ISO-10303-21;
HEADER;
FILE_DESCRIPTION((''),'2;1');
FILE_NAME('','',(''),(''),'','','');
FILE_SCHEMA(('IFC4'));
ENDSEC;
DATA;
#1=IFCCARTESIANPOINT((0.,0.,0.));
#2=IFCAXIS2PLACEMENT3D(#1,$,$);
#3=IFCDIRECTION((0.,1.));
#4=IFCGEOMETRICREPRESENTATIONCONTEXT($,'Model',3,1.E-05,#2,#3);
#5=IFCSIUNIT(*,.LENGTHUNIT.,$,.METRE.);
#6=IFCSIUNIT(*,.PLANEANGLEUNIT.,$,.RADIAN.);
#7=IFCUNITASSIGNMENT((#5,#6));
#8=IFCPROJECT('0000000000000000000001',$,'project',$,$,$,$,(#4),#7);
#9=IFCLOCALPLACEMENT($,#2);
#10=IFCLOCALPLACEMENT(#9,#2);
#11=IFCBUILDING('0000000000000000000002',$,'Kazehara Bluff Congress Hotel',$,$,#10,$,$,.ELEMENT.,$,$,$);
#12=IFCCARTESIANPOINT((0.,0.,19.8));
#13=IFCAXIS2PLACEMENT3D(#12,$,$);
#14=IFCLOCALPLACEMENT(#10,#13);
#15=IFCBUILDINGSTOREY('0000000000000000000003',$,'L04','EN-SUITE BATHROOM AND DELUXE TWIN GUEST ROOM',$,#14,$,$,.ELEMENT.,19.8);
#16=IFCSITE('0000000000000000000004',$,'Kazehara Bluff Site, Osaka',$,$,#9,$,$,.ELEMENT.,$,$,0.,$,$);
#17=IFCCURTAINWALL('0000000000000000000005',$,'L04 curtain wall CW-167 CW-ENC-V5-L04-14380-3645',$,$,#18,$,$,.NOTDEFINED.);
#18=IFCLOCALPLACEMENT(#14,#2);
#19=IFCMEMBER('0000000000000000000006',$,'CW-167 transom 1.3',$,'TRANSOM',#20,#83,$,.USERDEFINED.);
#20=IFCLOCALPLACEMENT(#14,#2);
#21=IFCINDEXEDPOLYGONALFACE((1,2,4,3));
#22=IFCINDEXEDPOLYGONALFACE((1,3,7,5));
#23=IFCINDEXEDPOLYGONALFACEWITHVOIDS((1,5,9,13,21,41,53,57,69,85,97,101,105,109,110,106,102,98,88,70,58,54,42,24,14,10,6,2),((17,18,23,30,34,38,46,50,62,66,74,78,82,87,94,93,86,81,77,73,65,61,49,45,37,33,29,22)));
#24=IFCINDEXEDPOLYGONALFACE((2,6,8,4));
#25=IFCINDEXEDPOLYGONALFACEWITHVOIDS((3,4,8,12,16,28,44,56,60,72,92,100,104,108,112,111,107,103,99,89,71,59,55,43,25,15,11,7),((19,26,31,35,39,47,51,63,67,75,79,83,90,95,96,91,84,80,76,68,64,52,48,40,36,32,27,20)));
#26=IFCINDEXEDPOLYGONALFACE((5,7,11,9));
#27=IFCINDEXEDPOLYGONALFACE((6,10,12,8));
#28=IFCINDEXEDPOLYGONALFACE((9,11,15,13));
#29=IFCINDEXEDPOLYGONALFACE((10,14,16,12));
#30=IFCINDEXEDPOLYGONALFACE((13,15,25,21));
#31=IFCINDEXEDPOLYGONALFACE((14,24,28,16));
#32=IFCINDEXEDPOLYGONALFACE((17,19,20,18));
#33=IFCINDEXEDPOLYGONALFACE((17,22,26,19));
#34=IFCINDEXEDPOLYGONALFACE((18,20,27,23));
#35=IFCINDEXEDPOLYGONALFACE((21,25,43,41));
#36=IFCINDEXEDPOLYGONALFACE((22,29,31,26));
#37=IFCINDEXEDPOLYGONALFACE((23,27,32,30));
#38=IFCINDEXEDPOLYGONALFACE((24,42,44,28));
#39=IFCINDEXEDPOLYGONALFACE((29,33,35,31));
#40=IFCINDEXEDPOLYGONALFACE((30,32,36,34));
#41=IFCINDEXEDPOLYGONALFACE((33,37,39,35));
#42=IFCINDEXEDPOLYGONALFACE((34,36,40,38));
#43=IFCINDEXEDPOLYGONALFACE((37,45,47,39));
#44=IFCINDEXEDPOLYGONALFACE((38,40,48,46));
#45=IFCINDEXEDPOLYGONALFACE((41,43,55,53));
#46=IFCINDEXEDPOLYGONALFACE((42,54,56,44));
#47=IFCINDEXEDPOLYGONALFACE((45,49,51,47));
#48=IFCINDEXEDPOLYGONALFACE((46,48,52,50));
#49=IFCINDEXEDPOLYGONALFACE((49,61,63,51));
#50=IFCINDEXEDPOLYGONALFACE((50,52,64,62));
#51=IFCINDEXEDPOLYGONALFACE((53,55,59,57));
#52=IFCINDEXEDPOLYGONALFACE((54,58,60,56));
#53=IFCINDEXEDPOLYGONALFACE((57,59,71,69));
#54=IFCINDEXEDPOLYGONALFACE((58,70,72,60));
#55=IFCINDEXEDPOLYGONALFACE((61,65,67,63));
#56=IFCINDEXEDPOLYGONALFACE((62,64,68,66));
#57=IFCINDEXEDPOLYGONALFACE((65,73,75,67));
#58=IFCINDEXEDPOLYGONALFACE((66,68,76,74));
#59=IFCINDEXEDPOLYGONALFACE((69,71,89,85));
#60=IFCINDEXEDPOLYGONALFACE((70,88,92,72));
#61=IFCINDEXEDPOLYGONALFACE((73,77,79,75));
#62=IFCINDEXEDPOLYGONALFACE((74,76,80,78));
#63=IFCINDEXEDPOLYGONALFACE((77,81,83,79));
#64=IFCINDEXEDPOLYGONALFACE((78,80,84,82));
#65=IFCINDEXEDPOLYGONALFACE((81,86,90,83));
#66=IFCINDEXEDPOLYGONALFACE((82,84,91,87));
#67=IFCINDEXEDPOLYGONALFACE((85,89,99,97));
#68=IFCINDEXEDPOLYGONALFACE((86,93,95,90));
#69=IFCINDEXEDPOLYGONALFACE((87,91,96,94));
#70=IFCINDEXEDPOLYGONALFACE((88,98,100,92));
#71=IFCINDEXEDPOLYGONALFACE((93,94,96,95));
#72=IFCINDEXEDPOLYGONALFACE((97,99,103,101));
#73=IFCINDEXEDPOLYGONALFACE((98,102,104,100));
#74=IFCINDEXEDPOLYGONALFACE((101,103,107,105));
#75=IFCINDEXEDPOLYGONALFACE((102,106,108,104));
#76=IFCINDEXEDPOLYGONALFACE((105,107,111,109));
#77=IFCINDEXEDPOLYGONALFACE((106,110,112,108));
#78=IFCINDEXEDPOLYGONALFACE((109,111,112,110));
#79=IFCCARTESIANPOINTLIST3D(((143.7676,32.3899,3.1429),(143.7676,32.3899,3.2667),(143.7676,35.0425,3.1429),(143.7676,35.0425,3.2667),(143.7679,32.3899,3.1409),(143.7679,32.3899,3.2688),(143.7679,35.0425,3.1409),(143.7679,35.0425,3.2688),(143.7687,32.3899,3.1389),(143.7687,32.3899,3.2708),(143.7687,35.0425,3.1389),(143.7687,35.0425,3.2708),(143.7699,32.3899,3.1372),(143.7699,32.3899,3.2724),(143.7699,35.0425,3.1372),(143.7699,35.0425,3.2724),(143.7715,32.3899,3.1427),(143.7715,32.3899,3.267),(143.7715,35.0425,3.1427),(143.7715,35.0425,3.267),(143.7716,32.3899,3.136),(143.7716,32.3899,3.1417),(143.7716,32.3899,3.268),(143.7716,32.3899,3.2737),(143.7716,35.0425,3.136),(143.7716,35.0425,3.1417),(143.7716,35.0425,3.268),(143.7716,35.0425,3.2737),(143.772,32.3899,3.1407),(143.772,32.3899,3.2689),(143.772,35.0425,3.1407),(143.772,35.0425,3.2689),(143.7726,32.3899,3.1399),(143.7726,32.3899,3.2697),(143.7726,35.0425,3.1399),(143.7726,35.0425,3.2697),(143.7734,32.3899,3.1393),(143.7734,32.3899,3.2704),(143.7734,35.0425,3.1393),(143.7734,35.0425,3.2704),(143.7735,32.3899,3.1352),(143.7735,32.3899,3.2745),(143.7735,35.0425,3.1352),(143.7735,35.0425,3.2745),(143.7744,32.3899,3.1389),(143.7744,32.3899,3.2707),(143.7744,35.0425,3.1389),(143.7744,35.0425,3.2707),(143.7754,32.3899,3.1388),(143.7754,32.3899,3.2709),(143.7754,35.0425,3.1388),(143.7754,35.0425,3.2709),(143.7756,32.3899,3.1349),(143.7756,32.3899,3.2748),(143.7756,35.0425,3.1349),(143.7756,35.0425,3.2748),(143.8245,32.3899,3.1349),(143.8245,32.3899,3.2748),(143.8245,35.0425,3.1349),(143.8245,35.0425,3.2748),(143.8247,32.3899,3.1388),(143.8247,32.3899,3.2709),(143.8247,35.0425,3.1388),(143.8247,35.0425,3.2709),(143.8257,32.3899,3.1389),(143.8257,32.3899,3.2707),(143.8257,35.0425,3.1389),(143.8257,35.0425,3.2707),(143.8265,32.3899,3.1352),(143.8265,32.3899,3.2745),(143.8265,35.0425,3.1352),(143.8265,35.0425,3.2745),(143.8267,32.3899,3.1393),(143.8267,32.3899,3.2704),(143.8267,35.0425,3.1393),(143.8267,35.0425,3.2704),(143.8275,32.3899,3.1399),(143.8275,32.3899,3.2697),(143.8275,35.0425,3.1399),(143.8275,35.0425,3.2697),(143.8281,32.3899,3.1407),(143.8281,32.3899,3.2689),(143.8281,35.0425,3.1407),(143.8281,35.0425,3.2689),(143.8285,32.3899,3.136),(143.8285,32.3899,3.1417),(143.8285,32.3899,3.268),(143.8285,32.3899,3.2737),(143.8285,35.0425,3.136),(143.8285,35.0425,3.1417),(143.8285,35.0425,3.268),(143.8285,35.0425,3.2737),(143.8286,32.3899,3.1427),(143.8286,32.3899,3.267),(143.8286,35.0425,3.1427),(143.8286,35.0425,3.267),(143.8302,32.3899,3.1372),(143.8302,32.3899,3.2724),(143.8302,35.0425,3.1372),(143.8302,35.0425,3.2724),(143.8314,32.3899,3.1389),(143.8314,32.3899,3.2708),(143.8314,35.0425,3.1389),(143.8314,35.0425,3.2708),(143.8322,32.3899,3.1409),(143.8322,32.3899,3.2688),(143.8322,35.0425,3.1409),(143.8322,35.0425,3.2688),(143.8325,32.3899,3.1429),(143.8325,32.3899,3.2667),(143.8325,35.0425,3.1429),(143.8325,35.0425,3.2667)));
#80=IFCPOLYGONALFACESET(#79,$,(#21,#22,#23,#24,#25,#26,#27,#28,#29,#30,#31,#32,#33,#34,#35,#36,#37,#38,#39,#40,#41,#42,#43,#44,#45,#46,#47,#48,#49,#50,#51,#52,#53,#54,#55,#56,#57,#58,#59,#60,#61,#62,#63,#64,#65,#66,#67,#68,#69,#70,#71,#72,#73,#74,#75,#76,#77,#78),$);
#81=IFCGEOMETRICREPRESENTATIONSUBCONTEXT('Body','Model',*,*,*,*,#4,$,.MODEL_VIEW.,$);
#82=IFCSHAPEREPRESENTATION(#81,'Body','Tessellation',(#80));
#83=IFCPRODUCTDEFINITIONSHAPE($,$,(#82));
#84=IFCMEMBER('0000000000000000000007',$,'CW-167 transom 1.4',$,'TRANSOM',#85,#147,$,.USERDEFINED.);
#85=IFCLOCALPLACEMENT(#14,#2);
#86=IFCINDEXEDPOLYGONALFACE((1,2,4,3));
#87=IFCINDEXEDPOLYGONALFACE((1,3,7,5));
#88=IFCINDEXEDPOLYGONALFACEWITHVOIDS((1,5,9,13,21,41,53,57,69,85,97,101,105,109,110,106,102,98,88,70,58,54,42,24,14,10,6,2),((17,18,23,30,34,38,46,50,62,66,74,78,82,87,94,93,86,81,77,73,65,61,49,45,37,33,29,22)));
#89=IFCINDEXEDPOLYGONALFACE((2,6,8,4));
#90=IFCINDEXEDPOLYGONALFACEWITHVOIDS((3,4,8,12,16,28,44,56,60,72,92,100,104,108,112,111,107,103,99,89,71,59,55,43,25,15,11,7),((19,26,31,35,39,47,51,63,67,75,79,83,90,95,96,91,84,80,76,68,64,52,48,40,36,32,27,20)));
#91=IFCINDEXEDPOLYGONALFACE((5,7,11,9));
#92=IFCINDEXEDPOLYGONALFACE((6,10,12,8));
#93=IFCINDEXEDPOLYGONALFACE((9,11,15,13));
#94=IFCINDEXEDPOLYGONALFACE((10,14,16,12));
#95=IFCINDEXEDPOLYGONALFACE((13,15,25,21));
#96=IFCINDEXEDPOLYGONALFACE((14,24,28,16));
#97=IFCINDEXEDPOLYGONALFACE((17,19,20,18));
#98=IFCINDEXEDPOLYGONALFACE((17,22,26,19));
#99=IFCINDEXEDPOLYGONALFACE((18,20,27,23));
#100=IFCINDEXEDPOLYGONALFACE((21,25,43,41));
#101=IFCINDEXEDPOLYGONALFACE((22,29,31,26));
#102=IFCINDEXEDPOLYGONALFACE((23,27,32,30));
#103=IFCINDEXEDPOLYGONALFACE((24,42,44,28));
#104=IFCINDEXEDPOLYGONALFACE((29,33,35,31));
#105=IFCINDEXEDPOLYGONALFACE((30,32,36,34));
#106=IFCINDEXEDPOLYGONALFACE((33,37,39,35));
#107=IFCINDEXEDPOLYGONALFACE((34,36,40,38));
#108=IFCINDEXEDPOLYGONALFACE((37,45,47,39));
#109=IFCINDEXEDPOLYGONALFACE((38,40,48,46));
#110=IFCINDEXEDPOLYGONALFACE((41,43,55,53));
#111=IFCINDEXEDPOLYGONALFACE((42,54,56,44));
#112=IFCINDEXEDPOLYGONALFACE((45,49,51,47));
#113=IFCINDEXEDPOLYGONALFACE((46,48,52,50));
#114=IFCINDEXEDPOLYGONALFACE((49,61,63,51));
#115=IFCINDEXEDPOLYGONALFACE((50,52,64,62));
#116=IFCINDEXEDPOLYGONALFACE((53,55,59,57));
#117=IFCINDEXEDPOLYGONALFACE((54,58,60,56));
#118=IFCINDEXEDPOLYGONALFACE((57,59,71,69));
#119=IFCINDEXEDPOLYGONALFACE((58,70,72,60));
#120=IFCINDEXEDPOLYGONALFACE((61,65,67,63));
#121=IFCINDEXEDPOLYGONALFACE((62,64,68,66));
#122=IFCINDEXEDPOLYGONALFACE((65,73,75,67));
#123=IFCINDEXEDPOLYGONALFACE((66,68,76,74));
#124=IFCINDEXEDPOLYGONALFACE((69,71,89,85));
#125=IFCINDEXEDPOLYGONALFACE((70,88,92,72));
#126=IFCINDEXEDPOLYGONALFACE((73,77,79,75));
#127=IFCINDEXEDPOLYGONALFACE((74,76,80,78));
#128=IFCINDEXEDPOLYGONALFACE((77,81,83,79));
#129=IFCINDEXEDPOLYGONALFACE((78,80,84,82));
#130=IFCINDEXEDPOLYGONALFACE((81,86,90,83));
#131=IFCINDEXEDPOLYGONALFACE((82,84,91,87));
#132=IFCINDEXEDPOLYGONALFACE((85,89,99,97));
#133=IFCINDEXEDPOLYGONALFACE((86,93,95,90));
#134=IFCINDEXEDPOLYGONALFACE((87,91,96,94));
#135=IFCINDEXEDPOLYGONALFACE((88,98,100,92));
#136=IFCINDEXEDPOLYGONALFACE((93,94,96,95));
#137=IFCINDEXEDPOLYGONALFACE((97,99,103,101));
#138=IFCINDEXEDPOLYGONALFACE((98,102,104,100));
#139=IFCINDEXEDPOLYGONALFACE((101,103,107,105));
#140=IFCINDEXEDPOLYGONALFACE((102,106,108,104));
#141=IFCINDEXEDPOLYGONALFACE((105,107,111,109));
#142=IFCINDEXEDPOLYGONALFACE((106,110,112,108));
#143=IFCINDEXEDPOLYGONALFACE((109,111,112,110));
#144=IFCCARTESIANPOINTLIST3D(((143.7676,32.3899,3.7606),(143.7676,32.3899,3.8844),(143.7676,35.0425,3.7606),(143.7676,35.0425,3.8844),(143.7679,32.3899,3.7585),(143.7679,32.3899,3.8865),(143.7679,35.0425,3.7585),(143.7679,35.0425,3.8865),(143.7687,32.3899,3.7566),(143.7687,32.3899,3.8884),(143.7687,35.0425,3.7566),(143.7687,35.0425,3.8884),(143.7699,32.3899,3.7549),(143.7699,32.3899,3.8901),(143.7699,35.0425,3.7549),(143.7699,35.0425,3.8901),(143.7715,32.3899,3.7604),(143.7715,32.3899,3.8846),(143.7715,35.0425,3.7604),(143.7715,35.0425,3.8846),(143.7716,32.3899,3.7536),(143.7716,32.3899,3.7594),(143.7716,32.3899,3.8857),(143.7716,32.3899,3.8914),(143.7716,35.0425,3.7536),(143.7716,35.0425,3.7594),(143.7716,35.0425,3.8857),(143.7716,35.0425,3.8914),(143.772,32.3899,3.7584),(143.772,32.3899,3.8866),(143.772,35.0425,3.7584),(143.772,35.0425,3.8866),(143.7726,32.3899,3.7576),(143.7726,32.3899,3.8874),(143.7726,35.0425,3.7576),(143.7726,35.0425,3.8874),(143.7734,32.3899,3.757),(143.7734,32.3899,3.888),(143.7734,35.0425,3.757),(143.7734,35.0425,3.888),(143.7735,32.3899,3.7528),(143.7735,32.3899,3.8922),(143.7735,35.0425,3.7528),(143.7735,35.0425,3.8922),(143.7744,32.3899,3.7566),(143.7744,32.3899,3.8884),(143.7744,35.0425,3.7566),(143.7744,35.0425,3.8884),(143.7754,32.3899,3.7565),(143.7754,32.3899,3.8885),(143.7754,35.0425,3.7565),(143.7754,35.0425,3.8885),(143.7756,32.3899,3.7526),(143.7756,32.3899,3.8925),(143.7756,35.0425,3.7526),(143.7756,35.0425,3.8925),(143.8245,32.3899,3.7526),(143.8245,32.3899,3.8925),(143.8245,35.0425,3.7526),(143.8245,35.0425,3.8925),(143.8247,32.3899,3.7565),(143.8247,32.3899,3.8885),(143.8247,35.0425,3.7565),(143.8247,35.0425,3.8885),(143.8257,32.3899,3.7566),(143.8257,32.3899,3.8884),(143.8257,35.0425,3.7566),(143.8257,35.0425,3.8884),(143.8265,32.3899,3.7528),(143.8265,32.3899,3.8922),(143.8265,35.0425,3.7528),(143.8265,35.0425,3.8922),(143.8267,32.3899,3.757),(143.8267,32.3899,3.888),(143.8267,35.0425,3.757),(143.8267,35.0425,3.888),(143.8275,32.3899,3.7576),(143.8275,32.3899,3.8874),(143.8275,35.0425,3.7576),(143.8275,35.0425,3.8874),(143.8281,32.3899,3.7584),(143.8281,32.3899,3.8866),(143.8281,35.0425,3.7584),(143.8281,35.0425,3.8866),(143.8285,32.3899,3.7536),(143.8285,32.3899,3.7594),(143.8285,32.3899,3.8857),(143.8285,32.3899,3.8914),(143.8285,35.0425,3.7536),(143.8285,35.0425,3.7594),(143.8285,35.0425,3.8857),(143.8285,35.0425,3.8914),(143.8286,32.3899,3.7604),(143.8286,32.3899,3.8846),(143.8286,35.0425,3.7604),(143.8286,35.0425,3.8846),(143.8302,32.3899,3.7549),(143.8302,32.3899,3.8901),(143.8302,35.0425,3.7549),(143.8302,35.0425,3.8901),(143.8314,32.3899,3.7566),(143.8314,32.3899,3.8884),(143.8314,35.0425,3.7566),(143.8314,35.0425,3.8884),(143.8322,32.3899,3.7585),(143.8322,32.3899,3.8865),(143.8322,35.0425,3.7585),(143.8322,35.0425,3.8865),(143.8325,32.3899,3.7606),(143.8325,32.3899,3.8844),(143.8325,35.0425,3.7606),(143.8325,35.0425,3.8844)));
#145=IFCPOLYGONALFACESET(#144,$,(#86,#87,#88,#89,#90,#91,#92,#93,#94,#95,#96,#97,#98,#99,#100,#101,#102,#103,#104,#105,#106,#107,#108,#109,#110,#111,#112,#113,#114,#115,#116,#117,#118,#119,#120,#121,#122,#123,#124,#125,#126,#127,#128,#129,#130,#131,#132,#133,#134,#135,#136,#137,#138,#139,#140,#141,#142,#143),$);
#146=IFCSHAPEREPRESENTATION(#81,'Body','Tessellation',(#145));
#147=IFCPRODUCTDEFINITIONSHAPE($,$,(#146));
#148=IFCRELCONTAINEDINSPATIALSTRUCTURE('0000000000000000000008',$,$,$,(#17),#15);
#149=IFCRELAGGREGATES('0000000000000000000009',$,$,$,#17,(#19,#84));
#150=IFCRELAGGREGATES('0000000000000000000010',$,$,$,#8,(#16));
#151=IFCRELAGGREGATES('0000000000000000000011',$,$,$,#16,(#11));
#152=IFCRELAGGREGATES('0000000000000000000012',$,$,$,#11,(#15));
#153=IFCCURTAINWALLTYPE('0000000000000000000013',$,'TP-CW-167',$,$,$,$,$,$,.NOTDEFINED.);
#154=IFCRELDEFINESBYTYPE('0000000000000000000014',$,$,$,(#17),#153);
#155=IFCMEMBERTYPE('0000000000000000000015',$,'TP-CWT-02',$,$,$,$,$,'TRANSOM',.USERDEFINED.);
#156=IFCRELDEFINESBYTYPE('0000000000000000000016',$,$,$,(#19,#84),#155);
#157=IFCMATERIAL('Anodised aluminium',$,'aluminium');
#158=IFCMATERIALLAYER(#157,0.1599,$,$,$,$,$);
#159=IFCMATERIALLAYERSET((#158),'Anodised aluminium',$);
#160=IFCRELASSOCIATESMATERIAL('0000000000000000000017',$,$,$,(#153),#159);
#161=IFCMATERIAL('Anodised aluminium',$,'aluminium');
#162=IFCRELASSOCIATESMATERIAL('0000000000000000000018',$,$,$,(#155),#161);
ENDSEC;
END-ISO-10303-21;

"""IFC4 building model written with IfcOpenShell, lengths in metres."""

from ifc_helpers import new_model, si_unit, direction, frame, origin, origin_2d, place, context, subcontext, project, spatial, hollow_rectangle, extrude, material, layer, layer_set, material_profile, profile_set, type_object, element, aggregate, save


model = new_model("IFC4")

# Units and contexts
model_context = context("Model", 3, precision=1e-05, world=origin(), true_north=direction((0.0, 1.0)))
body_context = subcontext(model_context, "Body", "Model", "MODEL_VIEW")
ifc_project = project(units=[si_unit("LENGTHUNIT", "METRE"), si_unit("PLANEANGLEUNIT", "RADIAN")], contexts=[model_context])

# Site, building, storey
site_placement = place(None, origin())
site = spatial("IfcSite", under=ifc_project, at=site_placement, Name="Kazehara Bluff Site, Osaka", CompositionType="ELEMENT", RefElevation=0.0)
building_placement = place(site_placement, origin())
building = spatial("IfcBuilding", under=site, at=building_placement, Name="Kazehara Bluff Congress Hotel", CompositionType="ELEMENT")
storey_placement = place(building_placement, frame((0.0, 0.0, 19.8)))
storey = spatial("IfcBuildingStorey", under=building, at=storey_placement, Name="L04", Description="EN-SUITE BATHROOM AND DELUXE TWIN GUEST ROOM", CompositionType="ELEMENT", Elevation=19.8)

# Curtain wall
ifc_material_1 = material(Name="Anodised aluminium", Category="aluminium")
ifc_layer_1 = layer(ifc_material_1, 0.1599)
ifc_layer_set_1 = layer_set([ifc_layer_1], Name="Anodised aluminium")
curtain_wall_type_1 = type_object("IfcCurtainWallType", Name="TP-CW-167", PredefinedType="NOTDEFINED", material=ifc_layer_set_1)
curtain_wall_1_placement = place(storey_placement, origin())
curtain_wall_1 = element("IfcCurtainWall", 1, at=curtain_wall_1_placement, inside=storey, type_object=curtain_wall_type_1, Name="L04 curtain wall CW-167 CW-ENC-V5-L04-14380-3645", PredefinedType="NOTDEFINED")

# Members
ifc_material_2 = material(Name="Anodised aluminium", Category="aluminium")
ifc_material_profile_1 = material_profile(ifc_material_2, hollow_rectangle(XDim=0.0649, YDim=0.1399, WallThickness=0.0039, InnerFilletRadius=0.0039, OuterFilletRadius=0.0081, at=origin_2d()))
ifc_profile_set_1 = profile_set([ifc_material_profile_1], Name="Anodised aluminium")
member_type_1 = type_object("IfcMemberType", Name="TP-CWT-02", ElementType="TRANSOM", PredefinedType="USERDEFINED", material=ifc_profile_set_1)
member_1_placement = place(storey_placement, frame((143.8, 32.3899, 3.2048), z_axis=(0.0, 1.0, 0.0), x_axis=(-1.0, 0.0, 0.0)))
member_1 = element("IfcMember", 2, at=member_1_placement, type_object=member_type_1, Name="CW-167 transom 1.3", ObjectType="TRANSOM", PredefinedType="USERDEFINED", context=body_context, shape_type="SweptSolid", body=[
    extrude(hollow_rectangle(XDim=0.0649, YDim=0.1399, WallThickness=0.0039, InnerFilletRadius=0.0039, OuterFilletRadius=0.0081, at=origin_2d()), origin(), (0.0, 0.0, 1.0), 2.6526),
])
member_2_placement = place(storey_placement, frame((143.8, 32.3899, 3.8225), z_axis=(0.0, 1.0, 0.0), x_axis=(-1.0, 0.0, 0.0)))
member_2 = element("IfcMember", 3, at=member_2_placement, type_object=member_type_1, Name="CW-167 transom 1.4", ObjectType="TRANSOM", PredefinedType="USERDEFINED", context=body_context, shape_type="SweptSolid", body=[
    extrude(hollow_rectangle(XDim=0.0649, YDim=0.1399, WallThickness=0.0039, InnerFilletRadius=0.0039, OuterFilletRadius=0.0081, at=origin_2d()), origin(), (0.0, 0.0, 1.0), 2.6526),
])

aggregate(curtain_wall_1, [member_1, member_2])

save(model, "model.ifc")
